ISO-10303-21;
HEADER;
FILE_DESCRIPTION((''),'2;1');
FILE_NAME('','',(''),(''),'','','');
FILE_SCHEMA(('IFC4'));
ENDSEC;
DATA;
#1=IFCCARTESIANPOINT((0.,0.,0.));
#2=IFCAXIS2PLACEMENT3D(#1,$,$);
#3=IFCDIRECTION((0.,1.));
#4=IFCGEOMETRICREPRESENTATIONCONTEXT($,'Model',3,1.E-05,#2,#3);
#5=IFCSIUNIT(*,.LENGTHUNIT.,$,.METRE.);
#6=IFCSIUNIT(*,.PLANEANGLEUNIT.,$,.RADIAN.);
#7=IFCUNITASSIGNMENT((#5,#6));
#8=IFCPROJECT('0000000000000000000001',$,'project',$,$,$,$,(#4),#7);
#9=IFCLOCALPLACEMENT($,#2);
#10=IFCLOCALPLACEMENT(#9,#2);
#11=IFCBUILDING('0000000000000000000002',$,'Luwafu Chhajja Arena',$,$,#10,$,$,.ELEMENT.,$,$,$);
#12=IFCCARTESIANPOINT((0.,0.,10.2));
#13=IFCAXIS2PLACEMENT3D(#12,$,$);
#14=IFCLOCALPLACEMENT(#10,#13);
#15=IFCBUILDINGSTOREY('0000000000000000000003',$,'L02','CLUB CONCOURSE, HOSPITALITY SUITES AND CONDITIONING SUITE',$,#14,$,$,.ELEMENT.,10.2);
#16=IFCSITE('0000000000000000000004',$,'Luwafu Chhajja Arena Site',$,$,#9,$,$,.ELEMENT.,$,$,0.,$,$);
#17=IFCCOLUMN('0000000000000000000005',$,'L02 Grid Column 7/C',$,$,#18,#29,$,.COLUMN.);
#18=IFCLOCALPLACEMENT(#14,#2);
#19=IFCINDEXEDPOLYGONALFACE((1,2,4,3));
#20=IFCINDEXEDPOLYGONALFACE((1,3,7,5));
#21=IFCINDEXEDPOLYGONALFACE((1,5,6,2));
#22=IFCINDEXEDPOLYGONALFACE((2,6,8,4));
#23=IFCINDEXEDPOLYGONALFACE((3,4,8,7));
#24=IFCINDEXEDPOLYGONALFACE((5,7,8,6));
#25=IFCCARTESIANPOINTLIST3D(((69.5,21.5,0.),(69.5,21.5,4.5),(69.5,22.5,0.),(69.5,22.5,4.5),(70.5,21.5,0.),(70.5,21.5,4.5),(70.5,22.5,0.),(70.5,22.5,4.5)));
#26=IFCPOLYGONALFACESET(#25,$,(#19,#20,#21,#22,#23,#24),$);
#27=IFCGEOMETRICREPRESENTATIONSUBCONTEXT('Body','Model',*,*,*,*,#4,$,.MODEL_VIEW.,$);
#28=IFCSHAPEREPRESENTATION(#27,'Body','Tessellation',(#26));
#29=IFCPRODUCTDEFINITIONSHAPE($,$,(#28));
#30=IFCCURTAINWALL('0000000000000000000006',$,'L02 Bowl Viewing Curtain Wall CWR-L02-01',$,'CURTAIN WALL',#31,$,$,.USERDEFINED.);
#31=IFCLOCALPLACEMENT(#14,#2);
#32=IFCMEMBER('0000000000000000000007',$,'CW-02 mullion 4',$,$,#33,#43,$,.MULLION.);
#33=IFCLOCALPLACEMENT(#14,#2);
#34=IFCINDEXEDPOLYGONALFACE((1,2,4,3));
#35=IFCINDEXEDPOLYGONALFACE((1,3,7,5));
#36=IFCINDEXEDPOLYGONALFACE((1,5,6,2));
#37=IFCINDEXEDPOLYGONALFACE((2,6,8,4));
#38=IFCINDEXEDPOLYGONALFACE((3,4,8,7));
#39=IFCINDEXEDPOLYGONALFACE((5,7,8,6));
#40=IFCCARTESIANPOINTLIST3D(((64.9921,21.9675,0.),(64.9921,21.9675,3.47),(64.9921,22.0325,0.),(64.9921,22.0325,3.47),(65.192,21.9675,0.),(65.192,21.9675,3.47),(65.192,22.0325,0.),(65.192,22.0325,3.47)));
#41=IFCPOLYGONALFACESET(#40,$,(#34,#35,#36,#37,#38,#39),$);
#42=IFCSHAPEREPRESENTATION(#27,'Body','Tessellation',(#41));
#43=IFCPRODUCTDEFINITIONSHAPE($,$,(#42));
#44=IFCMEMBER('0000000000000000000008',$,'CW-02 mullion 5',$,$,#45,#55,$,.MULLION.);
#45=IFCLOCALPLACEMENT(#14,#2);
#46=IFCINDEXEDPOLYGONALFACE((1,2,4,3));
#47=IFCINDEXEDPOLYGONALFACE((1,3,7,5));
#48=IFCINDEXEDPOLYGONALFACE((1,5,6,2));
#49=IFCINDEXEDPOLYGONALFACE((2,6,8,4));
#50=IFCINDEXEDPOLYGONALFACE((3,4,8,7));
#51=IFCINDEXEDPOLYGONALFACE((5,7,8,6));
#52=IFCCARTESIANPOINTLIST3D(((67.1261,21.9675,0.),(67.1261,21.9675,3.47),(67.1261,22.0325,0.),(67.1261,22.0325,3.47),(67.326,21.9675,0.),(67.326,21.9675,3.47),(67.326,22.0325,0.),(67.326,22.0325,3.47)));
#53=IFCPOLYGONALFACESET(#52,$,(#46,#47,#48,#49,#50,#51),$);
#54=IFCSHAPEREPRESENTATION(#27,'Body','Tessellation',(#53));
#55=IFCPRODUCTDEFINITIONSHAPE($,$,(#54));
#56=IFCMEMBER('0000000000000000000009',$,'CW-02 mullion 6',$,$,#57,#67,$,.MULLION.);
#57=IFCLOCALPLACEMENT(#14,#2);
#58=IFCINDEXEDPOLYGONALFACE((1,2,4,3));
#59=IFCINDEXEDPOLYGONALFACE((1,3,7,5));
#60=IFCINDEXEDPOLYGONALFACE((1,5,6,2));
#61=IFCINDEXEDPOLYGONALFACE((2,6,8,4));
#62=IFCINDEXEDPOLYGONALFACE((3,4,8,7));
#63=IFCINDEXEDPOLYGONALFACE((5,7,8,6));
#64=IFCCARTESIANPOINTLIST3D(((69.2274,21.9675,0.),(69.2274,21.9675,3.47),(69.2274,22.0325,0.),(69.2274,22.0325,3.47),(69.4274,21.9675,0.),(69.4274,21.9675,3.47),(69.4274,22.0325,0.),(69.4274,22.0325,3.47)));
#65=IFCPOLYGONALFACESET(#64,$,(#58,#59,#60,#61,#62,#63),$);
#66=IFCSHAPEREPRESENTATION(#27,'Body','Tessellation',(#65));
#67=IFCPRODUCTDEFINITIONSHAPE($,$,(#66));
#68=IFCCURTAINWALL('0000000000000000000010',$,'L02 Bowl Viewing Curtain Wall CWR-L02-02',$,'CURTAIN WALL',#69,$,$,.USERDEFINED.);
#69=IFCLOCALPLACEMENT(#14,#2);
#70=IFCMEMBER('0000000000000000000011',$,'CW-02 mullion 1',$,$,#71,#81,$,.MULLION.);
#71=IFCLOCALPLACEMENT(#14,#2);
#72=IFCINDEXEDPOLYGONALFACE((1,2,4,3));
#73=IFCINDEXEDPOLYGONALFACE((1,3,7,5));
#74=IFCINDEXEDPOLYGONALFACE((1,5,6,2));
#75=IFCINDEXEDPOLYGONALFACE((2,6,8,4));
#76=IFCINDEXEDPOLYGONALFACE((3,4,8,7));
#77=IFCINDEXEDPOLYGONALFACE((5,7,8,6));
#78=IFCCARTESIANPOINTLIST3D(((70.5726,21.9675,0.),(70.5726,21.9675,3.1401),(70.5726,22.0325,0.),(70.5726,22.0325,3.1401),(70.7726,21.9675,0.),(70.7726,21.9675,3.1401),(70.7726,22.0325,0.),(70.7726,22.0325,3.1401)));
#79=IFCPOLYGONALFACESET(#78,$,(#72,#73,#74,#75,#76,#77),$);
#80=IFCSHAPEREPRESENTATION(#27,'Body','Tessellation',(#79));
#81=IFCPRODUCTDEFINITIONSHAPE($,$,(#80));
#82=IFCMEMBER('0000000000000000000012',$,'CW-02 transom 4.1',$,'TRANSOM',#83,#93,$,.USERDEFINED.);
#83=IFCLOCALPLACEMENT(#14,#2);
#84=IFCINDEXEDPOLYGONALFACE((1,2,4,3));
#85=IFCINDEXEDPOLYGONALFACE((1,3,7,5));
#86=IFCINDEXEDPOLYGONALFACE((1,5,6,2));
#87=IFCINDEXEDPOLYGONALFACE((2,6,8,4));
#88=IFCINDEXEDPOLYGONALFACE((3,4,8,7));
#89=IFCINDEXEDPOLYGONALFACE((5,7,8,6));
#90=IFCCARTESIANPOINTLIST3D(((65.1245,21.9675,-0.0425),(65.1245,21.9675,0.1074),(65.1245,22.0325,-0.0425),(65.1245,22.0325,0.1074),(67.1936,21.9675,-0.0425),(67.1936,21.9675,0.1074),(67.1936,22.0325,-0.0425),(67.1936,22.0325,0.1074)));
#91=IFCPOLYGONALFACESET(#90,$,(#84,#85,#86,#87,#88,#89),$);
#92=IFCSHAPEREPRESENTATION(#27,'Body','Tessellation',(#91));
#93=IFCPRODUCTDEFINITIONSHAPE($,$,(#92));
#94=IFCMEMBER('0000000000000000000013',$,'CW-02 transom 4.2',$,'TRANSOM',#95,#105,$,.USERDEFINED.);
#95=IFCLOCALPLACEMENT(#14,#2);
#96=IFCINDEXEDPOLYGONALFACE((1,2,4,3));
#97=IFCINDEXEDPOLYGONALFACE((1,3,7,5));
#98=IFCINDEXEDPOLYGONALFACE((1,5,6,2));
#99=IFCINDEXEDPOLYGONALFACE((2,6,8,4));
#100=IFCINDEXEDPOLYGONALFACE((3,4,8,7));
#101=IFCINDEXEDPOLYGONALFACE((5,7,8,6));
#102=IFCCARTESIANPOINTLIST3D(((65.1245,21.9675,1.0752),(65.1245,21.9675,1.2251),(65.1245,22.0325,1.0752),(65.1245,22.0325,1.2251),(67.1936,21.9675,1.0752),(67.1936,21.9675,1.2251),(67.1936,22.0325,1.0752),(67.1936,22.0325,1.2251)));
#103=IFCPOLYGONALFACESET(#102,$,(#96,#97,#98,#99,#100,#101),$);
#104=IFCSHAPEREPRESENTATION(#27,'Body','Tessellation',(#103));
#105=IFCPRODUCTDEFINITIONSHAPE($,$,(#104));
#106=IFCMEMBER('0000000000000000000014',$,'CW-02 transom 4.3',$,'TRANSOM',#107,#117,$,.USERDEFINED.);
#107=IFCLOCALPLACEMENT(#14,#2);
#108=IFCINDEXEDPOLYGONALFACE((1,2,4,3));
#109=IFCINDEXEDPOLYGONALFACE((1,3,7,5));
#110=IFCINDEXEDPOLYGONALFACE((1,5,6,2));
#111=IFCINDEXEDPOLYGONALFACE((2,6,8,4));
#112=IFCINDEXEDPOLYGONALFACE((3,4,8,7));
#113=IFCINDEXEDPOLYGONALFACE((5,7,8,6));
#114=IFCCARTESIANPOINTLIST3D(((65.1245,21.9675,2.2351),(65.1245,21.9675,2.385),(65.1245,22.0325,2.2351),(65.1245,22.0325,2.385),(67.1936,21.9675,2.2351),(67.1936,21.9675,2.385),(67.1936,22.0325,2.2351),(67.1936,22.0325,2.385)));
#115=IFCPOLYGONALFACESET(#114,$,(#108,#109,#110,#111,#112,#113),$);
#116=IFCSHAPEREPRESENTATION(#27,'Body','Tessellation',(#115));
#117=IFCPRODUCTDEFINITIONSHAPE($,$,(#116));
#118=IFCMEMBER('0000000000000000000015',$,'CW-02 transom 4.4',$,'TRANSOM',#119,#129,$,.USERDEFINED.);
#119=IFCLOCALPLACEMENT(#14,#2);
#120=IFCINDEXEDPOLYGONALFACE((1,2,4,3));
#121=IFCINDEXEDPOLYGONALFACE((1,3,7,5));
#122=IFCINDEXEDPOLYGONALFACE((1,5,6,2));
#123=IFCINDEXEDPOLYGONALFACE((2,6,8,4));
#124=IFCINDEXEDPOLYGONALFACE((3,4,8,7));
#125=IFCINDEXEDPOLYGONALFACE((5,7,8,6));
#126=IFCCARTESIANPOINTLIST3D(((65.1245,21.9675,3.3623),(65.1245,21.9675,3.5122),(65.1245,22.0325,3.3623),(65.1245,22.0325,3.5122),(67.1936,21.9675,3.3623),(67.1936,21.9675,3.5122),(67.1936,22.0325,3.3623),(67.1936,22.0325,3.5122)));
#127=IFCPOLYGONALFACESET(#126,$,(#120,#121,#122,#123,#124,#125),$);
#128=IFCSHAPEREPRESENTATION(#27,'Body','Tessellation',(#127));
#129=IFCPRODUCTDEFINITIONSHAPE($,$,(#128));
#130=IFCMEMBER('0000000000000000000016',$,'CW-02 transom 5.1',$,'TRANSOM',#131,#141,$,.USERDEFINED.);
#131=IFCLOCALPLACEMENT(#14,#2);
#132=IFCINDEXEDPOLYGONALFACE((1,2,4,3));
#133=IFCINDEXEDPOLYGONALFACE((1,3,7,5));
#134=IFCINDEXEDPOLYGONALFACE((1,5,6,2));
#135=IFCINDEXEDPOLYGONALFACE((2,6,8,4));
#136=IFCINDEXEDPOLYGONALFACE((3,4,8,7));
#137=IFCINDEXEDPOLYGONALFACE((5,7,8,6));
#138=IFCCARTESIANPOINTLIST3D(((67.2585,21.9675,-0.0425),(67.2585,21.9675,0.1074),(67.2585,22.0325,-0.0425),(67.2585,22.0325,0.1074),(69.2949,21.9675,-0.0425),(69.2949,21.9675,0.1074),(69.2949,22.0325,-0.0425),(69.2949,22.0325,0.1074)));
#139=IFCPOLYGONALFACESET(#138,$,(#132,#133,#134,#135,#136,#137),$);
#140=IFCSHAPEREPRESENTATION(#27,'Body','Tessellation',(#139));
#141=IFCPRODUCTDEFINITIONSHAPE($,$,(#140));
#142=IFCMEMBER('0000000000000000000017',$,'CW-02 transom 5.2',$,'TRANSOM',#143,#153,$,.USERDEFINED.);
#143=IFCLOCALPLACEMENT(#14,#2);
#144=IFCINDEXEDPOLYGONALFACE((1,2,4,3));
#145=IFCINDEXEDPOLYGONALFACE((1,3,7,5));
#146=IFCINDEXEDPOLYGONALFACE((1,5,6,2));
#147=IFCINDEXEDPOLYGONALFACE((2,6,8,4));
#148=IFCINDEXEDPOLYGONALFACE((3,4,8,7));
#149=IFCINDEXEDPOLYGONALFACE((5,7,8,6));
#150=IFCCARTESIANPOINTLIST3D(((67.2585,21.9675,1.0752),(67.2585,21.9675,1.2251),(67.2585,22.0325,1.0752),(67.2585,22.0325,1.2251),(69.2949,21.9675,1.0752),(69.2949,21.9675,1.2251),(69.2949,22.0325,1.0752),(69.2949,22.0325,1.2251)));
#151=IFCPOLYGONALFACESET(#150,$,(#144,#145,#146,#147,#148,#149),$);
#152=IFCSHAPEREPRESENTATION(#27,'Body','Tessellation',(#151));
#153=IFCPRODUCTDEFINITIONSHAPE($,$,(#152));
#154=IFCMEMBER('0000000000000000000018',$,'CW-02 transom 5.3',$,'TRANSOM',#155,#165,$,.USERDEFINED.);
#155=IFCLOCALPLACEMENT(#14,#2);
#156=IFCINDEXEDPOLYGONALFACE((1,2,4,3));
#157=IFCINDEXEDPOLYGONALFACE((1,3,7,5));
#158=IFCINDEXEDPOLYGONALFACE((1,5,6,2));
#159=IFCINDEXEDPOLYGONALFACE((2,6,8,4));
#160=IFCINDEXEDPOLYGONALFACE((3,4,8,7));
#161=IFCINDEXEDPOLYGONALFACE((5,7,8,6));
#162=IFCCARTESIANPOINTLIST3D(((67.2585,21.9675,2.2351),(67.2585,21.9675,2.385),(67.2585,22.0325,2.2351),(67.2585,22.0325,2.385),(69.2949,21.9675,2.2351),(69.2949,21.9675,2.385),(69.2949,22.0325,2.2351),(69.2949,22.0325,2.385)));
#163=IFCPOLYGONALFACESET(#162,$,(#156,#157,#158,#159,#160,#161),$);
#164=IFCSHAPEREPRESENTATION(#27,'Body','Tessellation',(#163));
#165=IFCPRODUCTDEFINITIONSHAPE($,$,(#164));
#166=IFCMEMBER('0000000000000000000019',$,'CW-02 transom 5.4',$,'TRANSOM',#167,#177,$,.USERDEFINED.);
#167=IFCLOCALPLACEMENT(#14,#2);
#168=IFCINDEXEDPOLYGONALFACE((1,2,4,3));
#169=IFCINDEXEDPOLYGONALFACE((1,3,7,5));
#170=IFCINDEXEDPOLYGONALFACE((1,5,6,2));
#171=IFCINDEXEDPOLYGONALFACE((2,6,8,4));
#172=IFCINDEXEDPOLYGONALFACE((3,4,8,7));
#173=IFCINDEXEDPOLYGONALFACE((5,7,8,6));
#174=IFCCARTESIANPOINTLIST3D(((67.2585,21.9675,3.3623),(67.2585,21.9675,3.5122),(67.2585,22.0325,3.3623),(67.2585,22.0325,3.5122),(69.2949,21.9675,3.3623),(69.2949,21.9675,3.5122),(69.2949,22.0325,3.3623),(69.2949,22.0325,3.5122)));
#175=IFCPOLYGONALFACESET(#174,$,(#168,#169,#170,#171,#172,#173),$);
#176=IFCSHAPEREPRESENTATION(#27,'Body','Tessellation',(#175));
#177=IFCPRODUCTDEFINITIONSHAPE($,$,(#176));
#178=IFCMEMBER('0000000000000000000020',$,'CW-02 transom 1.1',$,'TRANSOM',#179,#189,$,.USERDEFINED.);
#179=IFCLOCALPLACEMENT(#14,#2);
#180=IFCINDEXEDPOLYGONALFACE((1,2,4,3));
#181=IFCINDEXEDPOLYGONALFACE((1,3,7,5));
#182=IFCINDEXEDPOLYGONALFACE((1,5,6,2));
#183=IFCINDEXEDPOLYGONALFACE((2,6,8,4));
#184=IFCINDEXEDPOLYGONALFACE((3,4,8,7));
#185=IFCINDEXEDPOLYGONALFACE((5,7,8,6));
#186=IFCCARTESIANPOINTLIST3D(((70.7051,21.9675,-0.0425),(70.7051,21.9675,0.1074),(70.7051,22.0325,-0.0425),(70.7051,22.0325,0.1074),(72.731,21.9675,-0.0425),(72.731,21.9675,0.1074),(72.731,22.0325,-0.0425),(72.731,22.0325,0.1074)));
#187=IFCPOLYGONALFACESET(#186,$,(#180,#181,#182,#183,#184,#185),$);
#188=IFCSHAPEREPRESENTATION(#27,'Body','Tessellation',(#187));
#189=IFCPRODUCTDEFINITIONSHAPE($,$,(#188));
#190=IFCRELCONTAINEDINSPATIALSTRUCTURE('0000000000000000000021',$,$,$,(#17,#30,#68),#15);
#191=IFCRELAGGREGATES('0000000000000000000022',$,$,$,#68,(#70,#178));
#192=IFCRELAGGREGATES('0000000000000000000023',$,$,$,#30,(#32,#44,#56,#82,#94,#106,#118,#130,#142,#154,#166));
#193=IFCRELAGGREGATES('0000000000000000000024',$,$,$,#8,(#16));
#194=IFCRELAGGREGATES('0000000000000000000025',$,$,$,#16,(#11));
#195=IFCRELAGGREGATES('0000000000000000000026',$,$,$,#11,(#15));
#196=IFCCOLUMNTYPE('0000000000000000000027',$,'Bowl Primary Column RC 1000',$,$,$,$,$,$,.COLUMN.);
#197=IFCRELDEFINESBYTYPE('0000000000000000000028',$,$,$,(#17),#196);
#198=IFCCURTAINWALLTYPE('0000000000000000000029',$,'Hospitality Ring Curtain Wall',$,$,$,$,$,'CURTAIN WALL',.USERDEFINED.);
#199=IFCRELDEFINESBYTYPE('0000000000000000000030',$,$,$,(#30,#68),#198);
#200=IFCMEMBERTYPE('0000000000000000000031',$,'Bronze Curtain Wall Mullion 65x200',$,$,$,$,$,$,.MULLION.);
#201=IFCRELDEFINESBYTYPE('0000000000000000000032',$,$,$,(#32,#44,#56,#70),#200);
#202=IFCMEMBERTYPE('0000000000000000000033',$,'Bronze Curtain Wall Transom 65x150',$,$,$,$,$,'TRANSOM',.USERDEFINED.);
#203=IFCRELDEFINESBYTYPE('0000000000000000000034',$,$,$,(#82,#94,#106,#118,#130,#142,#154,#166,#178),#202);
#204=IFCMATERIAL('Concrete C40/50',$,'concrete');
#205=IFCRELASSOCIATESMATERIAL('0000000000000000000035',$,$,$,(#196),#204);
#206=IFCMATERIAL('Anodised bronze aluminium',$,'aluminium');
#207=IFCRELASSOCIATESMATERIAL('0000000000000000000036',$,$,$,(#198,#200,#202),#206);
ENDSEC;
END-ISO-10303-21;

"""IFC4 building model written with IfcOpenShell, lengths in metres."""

from ifc_helpers import new_model, si_unit, direction, frame, origin, origin_2d, place, context, subcontext, project, spatial, rectangle, extrude, material, material_profile, profile_set, type_object, element, aggregate, save


model = new_model("IFC4")

# Units and contexts
model_context = context("Model", 3, precision=1e-05, world=origin(), true_north=direction((0.0, 1.0)))
body_context = subcontext(model_context, "Body", "Model", "MODEL_VIEW")
ifc_project = project(units=[si_unit("LENGTHUNIT", "METRE"), si_unit("PLANEANGLEUNIT", "RADIAN")], contexts=[model_context])

# Site, building, storey
site_placement = place(None, origin())
site = spatial("IfcSite", under=ifc_project, at=site_placement, Name="Luwafu Chhajja Arena Site", CompositionType="ELEMENT", RefElevation=0.0)
building_placement = place(site_placement, origin())
building = spatial("IfcBuilding", under=site, at=building_placement, Name="Luwafu Chhajja Arena", CompositionType="ELEMENT")
storey_placement = place(building_placement, frame((0.0, 0.0, 10.2)))
storey = spatial("IfcBuildingStorey", under=building, at=storey_placement, Name="L02", Description="CLUB CONCOURSE, HOSPITALITY SUITES AND CONDITIONING SUITE", CompositionType="ELEMENT", Elevation=10.2)

# Column
ifc_material_1 = material(Name="Concrete C40/50", Category="concrete")
ifc_material_profile_1 = material_profile(ifc_material_1, rectangle(XDim=1.0, YDim=1.0, at=origin_2d()), Name="RC 1000x1000")
ifc_profile_set_1 = profile_set([ifc_material_profile_1], Name="Concrete C40/50")
column_type = type_object("IfcColumnType", Name="Bowl Primary Column RC 1000", PredefinedType="COLUMN", material=ifc_profile_set_1)
column_placement = place(storey_placement, frame((70.0, 22.0, 0.0), z_axis=(0.0, 0.0, 1.0), x_axis=(1.0, 0.0, 0.0)))
element("IfcColumn", 1, at=column_placement, inside=storey, type_object=column_type, Name="L02 Grid Column 7/C", PredefinedType="COLUMN", context=body_context, shape_type="SweptSolid", body=[
    extrude(rectangle(XDim=1.0, YDim=1.0, at=origin_2d()), origin(), (0.0, 0.0, 1.0), 4.5),
])

# Curtain wall, members
ifc_material_2 = material(Name="Anodised bronze aluminium", Category="aluminium")
curtain_wall_type = type_object("IfcCurtainWallType", Name="Hospitality Ring Curtain Wall", ElementType="CURTAIN WALL", PredefinedType="USERDEFINED", material=ifc_material_2)
curtain_wall_1_placement = place(storey_placement, origin())
curtain_wall_1 = element("IfcCurtainWall", 2, at=curtain_wall_1_placement, inside=storey, type_object=curtain_wall_type, Name="L02 Bowl Viewing Curtain Wall CWR-L02-01", ObjectType="CURTAIN WALL", PredefinedType="USERDEFINED")
ifc_material_profile_2 = material_profile(ifc_material_2, rectangle(XDim=0.0649, YDim=0.2, at=origin_2d()), Name="CWM 65x200")
ifc_profile_set_2 = profile_set([ifc_material_profile_2], Name="Anodised bronze aluminium")
member_type_1 = type_object("IfcMemberType", Name="Bronze Curtain Wall Mullion 65x200", PredefinedType="MULLION", material=ifc_profile_set_2)
member_1_placement = place(storey_placement, frame((65.092, 22.0, 0.0), z_axis=(0.0, 0.0, 1.0), x_axis=(0.0, 1.0, 0.0)))
member_1 = element("IfcMember", 3, at=member_1_placement, type_object=member_type_1, Name="CW-02 mullion 4", PredefinedType="MULLION", context=body_context, shape_type="SweptSolid", body=[
    extrude(rectangle(XDim=0.0649, YDim=0.2, at=origin_2d()), origin(), (0.0, 0.0, 1.0), 3.47),
])
member_2_placement = place(storey_placement, frame((67.2261, 22.0, 0.0), z_axis=(0.0, 0.0, 1.0), x_axis=(0.0, 1.0, 0.0)))
member_2 = element("IfcMember", 4, at=member_2_placement, type_object=member_type_1, Name="CW-02 mullion 5", PredefinedType="MULLION", context=body_context, shape_type="SweptSolid", body=[
    extrude(rectangle(XDim=0.0649, YDim=0.2, at=origin_2d()), origin(), (0.0, 0.0, 1.0), 3.47),
])
member_3_placement = place(storey_placement, frame((69.3274, 22.0, 0.0), z_axis=(0.0, 0.0, 1.0), x_axis=(0.0, 1.0, 0.0)))
member_3 = element("IfcMember", 5, at=member_3_placement, type_object=member_type_1, Name="CW-02 mullion 6", PredefinedType="MULLION", context=body_context, shape_type="SweptSolid", body=[
    extrude(rectangle(XDim=0.0649, YDim=0.2, at=origin_2d()), origin(), (0.0, 0.0, 1.0), 3.47),
])

# Curtain wall, member
curtain_wall_2_placement = place(storey_placement, origin())
curtain_wall_2 = element("IfcCurtainWall", 6, at=curtain_wall_2_placement, inside=storey, type_object=curtain_wall_type, Name="L02 Bowl Viewing Curtain Wall CWR-L02-02", ObjectType="CURTAIN WALL", PredefinedType="USERDEFINED")
member_4_placement = place(storey_placement, frame((70.6726, 22.0, 0.0), z_axis=(0.0, 0.0, 1.0), x_axis=(0.0, 1.0, 0.0)))
member_4 = element("IfcMember", 7, at=member_4_placement, type_object=member_type_1, Name="CW-02 mullion 1", PredefinedType="MULLION", context=body_context, shape_type="SweptSolid", body=[
    extrude(rectangle(XDim=0.0649, YDim=0.2, at=origin_2d()), origin(), (0.0, 0.0, 1.0), 3.1401),
])

# Members
ifc_material_profile_3 = material_profile(ifc_material_2, rectangle(XDim=0.0649, YDim=0.1499, at=origin_2d()), Name="CWT 65x150")
ifc_profile_set_3 = profile_set([ifc_material_profile_3], Name="Anodised bronze aluminium")
member_type_2 = type_object("IfcMemberType", Name="Bronze Curtain Wall Transom 65x150", ElementType="TRANSOM", PredefinedType="USERDEFINED", material=ifc_profile_set_3)
member_5_placement = place(storey_placement, frame((65.1245, 22.0, 0.0325), z_axis=(1.0, 0.0, 0.0), x_axis=(0.0, 1.0, 0.0)))
member_5 = element("IfcMember", 8, at=member_5_placement, type_object=member_type_2, Name="CW-02 transom 4.1", ObjectType="TRANSOM", PredefinedType="USERDEFINED", context=body_context, shape_type="SweptSolid", body=[
    extrude(rectangle(XDim=0.0649, YDim=0.1499, at=origin_2d()), origin(), (0.0, 0.0, 1.0), 2.0691),
])
member_6_placement = place(storey_placement, frame((65.1245, 22.0, 1.1501), z_axis=(1.0, 0.0, 0.0), x_axis=(0.0, 1.0, 0.0)))
member_6 = element("IfcMember", 9, at=member_6_placement, type_object=member_type_2, Name="CW-02 transom 4.2", ObjectType="TRANSOM", PredefinedType="USERDEFINED", context=body_context, shape_type="SweptSolid", body=[
    extrude(rectangle(XDim=0.0649, YDim=0.1499, at=origin_2d()), origin(), (0.0, 0.0, 1.0), 2.0691),
])
member_7_placement = place(storey_placement, frame((65.1245, 22.0, 2.3101), z_axis=(1.0, 0.0, 0.0), x_axis=(0.0, 1.0, 0.0)))
member_7 = element("IfcMember", 10, at=member_7_placement, type_object=member_type_2, Name="CW-02 transom 4.3", ObjectType="TRANSOM", PredefinedType="USERDEFINED", context=body_context, shape_type="SweptSolid", body=[
    extrude(rectangle(XDim=0.0649, YDim=0.1499, at=origin_2d()), origin(), (0.0, 0.0, 1.0), 2.0691),
])
member_8_placement = place(storey_placement, frame((65.1245, 22.0, 3.4373), z_axis=(1.0, 0.0, 0.0), x_axis=(0.0, 1.0, 0.0)))
member_8 = element("IfcMember", 11, at=member_8_placement, type_object=member_type_2, Name="CW-02 transom 4.4", ObjectType="TRANSOM", PredefinedType="USERDEFINED", context=body_context, shape_type="SweptSolid", body=[
    extrude(rectangle(XDim=0.0649, YDim=0.1499, at=origin_2d()), origin(), (0.0, 0.0, 1.0), 2.0691),
])
member_9_placement = place(storey_placement, frame((67.2585, 22.0, 0.0325), z_axis=(1.0, 0.0, 0.0), x_axis=(0.0, 1.0, 0.0)))
member_9 = element("IfcMember", 12, at=member_9_placement, type_object=member_type_2, Name="CW-02 transom 5.1", ObjectType="TRANSOM", PredefinedType="USERDEFINED", context=body_context, shape_type="SweptSolid", body=[
    extrude(rectangle(XDim=0.0649, YDim=0.1499, at=origin_2d()), origin(), (0.0, 0.0, 1.0), 2.0364),
])
member_10_placement = place(storey_placement, frame((67.2585, 22.0, 1.1501), z_axis=(1.0, 0.0, 0.0), x_axis=(0.0, 1.0, 0.0)))
member_10 = element("IfcMember", 13, at=member_10_placement, type_object=member_type_2, Name="CW-02 transom 5.2", ObjectType="TRANSOM", PredefinedType="USERDEFINED", context=body_context, shape_type="SweptSolid", body=[
    extrude(rectangle(XDim=0.0649, YDim=0.1499, at=origin_2d()), origin(), (0.0, 0.0, 1.0), 2.0364),
])
member_11_placement = place(storey_placement, frame((67.2585, 22.0, 2.3101), z_axis=(1.0, 0.0, 0.0), x_axis=(0.0, 1.0, 0.0)))
member_11 = element("IfcMember", 14, at=member_11_placement, type_object=member_type_2, Name="CW-02 transom 5.3", ObjectType="TRANSOM", PredefinedType="USERDEFINED", context=body_context, shape_type="SweptSolid", body=[
    extrude(rectangle(XDim=0.0649, YDim=0.1499, at=origin_2d()), origin(), (0.0, 0.0, 1.0), 2.0364),
])
member_12_placement = place(storey_placement, frame((67.2585, 22.0, 3.4373), z_axis=(1.0, 0.0, 0.0), x_axis=(0.0, 1.0, 0.0)))
member_12 = element("IfcMember", 15, at=member_12_placement, type_object=member_type_2, Name="CW-02 transom 5.4", ObjectType="TRANSOM", PredefinedType="USERDEFINED", context=body_context, shape_type="SweptSolid", body=[
    extrude(rectangle(XDim=0.0649, YDim=0.1499, at=origin_2d()), origin(), (0.0, 0.0, 1.0), 2.0364),
])
member_13_placement = place(storey_placement, frame((70.7051, 22.0, 0.0325), z_axis=(1.0, 0.0, 0.0), x_axis=(0.0, 1.0, 0.0)))
member_13 = element("IfcMember", 16, at=member_13_placement, type_object=member_type_2, Name="CW-02 transom 1.1", ObjectType="TRANSOM", PredefinedType="USERDEFINED", context=body_context, shape_type="SweptSolid", body=[
    extrude(rectangle(XDim=0.0649, YDim=0.1499, at=origin_2d()), origin(), (0.0, 0.0, 1.0), 2.0259),
])
aggregate(curtain_wall_2, [member_4, member_13])

aggregate(curtain_wall_1, [member_1, member_2, member_3, member_5, member_6, member_7, member_8, member_9, member_10, member_11, member_12])

save(model, "model.ifc")
